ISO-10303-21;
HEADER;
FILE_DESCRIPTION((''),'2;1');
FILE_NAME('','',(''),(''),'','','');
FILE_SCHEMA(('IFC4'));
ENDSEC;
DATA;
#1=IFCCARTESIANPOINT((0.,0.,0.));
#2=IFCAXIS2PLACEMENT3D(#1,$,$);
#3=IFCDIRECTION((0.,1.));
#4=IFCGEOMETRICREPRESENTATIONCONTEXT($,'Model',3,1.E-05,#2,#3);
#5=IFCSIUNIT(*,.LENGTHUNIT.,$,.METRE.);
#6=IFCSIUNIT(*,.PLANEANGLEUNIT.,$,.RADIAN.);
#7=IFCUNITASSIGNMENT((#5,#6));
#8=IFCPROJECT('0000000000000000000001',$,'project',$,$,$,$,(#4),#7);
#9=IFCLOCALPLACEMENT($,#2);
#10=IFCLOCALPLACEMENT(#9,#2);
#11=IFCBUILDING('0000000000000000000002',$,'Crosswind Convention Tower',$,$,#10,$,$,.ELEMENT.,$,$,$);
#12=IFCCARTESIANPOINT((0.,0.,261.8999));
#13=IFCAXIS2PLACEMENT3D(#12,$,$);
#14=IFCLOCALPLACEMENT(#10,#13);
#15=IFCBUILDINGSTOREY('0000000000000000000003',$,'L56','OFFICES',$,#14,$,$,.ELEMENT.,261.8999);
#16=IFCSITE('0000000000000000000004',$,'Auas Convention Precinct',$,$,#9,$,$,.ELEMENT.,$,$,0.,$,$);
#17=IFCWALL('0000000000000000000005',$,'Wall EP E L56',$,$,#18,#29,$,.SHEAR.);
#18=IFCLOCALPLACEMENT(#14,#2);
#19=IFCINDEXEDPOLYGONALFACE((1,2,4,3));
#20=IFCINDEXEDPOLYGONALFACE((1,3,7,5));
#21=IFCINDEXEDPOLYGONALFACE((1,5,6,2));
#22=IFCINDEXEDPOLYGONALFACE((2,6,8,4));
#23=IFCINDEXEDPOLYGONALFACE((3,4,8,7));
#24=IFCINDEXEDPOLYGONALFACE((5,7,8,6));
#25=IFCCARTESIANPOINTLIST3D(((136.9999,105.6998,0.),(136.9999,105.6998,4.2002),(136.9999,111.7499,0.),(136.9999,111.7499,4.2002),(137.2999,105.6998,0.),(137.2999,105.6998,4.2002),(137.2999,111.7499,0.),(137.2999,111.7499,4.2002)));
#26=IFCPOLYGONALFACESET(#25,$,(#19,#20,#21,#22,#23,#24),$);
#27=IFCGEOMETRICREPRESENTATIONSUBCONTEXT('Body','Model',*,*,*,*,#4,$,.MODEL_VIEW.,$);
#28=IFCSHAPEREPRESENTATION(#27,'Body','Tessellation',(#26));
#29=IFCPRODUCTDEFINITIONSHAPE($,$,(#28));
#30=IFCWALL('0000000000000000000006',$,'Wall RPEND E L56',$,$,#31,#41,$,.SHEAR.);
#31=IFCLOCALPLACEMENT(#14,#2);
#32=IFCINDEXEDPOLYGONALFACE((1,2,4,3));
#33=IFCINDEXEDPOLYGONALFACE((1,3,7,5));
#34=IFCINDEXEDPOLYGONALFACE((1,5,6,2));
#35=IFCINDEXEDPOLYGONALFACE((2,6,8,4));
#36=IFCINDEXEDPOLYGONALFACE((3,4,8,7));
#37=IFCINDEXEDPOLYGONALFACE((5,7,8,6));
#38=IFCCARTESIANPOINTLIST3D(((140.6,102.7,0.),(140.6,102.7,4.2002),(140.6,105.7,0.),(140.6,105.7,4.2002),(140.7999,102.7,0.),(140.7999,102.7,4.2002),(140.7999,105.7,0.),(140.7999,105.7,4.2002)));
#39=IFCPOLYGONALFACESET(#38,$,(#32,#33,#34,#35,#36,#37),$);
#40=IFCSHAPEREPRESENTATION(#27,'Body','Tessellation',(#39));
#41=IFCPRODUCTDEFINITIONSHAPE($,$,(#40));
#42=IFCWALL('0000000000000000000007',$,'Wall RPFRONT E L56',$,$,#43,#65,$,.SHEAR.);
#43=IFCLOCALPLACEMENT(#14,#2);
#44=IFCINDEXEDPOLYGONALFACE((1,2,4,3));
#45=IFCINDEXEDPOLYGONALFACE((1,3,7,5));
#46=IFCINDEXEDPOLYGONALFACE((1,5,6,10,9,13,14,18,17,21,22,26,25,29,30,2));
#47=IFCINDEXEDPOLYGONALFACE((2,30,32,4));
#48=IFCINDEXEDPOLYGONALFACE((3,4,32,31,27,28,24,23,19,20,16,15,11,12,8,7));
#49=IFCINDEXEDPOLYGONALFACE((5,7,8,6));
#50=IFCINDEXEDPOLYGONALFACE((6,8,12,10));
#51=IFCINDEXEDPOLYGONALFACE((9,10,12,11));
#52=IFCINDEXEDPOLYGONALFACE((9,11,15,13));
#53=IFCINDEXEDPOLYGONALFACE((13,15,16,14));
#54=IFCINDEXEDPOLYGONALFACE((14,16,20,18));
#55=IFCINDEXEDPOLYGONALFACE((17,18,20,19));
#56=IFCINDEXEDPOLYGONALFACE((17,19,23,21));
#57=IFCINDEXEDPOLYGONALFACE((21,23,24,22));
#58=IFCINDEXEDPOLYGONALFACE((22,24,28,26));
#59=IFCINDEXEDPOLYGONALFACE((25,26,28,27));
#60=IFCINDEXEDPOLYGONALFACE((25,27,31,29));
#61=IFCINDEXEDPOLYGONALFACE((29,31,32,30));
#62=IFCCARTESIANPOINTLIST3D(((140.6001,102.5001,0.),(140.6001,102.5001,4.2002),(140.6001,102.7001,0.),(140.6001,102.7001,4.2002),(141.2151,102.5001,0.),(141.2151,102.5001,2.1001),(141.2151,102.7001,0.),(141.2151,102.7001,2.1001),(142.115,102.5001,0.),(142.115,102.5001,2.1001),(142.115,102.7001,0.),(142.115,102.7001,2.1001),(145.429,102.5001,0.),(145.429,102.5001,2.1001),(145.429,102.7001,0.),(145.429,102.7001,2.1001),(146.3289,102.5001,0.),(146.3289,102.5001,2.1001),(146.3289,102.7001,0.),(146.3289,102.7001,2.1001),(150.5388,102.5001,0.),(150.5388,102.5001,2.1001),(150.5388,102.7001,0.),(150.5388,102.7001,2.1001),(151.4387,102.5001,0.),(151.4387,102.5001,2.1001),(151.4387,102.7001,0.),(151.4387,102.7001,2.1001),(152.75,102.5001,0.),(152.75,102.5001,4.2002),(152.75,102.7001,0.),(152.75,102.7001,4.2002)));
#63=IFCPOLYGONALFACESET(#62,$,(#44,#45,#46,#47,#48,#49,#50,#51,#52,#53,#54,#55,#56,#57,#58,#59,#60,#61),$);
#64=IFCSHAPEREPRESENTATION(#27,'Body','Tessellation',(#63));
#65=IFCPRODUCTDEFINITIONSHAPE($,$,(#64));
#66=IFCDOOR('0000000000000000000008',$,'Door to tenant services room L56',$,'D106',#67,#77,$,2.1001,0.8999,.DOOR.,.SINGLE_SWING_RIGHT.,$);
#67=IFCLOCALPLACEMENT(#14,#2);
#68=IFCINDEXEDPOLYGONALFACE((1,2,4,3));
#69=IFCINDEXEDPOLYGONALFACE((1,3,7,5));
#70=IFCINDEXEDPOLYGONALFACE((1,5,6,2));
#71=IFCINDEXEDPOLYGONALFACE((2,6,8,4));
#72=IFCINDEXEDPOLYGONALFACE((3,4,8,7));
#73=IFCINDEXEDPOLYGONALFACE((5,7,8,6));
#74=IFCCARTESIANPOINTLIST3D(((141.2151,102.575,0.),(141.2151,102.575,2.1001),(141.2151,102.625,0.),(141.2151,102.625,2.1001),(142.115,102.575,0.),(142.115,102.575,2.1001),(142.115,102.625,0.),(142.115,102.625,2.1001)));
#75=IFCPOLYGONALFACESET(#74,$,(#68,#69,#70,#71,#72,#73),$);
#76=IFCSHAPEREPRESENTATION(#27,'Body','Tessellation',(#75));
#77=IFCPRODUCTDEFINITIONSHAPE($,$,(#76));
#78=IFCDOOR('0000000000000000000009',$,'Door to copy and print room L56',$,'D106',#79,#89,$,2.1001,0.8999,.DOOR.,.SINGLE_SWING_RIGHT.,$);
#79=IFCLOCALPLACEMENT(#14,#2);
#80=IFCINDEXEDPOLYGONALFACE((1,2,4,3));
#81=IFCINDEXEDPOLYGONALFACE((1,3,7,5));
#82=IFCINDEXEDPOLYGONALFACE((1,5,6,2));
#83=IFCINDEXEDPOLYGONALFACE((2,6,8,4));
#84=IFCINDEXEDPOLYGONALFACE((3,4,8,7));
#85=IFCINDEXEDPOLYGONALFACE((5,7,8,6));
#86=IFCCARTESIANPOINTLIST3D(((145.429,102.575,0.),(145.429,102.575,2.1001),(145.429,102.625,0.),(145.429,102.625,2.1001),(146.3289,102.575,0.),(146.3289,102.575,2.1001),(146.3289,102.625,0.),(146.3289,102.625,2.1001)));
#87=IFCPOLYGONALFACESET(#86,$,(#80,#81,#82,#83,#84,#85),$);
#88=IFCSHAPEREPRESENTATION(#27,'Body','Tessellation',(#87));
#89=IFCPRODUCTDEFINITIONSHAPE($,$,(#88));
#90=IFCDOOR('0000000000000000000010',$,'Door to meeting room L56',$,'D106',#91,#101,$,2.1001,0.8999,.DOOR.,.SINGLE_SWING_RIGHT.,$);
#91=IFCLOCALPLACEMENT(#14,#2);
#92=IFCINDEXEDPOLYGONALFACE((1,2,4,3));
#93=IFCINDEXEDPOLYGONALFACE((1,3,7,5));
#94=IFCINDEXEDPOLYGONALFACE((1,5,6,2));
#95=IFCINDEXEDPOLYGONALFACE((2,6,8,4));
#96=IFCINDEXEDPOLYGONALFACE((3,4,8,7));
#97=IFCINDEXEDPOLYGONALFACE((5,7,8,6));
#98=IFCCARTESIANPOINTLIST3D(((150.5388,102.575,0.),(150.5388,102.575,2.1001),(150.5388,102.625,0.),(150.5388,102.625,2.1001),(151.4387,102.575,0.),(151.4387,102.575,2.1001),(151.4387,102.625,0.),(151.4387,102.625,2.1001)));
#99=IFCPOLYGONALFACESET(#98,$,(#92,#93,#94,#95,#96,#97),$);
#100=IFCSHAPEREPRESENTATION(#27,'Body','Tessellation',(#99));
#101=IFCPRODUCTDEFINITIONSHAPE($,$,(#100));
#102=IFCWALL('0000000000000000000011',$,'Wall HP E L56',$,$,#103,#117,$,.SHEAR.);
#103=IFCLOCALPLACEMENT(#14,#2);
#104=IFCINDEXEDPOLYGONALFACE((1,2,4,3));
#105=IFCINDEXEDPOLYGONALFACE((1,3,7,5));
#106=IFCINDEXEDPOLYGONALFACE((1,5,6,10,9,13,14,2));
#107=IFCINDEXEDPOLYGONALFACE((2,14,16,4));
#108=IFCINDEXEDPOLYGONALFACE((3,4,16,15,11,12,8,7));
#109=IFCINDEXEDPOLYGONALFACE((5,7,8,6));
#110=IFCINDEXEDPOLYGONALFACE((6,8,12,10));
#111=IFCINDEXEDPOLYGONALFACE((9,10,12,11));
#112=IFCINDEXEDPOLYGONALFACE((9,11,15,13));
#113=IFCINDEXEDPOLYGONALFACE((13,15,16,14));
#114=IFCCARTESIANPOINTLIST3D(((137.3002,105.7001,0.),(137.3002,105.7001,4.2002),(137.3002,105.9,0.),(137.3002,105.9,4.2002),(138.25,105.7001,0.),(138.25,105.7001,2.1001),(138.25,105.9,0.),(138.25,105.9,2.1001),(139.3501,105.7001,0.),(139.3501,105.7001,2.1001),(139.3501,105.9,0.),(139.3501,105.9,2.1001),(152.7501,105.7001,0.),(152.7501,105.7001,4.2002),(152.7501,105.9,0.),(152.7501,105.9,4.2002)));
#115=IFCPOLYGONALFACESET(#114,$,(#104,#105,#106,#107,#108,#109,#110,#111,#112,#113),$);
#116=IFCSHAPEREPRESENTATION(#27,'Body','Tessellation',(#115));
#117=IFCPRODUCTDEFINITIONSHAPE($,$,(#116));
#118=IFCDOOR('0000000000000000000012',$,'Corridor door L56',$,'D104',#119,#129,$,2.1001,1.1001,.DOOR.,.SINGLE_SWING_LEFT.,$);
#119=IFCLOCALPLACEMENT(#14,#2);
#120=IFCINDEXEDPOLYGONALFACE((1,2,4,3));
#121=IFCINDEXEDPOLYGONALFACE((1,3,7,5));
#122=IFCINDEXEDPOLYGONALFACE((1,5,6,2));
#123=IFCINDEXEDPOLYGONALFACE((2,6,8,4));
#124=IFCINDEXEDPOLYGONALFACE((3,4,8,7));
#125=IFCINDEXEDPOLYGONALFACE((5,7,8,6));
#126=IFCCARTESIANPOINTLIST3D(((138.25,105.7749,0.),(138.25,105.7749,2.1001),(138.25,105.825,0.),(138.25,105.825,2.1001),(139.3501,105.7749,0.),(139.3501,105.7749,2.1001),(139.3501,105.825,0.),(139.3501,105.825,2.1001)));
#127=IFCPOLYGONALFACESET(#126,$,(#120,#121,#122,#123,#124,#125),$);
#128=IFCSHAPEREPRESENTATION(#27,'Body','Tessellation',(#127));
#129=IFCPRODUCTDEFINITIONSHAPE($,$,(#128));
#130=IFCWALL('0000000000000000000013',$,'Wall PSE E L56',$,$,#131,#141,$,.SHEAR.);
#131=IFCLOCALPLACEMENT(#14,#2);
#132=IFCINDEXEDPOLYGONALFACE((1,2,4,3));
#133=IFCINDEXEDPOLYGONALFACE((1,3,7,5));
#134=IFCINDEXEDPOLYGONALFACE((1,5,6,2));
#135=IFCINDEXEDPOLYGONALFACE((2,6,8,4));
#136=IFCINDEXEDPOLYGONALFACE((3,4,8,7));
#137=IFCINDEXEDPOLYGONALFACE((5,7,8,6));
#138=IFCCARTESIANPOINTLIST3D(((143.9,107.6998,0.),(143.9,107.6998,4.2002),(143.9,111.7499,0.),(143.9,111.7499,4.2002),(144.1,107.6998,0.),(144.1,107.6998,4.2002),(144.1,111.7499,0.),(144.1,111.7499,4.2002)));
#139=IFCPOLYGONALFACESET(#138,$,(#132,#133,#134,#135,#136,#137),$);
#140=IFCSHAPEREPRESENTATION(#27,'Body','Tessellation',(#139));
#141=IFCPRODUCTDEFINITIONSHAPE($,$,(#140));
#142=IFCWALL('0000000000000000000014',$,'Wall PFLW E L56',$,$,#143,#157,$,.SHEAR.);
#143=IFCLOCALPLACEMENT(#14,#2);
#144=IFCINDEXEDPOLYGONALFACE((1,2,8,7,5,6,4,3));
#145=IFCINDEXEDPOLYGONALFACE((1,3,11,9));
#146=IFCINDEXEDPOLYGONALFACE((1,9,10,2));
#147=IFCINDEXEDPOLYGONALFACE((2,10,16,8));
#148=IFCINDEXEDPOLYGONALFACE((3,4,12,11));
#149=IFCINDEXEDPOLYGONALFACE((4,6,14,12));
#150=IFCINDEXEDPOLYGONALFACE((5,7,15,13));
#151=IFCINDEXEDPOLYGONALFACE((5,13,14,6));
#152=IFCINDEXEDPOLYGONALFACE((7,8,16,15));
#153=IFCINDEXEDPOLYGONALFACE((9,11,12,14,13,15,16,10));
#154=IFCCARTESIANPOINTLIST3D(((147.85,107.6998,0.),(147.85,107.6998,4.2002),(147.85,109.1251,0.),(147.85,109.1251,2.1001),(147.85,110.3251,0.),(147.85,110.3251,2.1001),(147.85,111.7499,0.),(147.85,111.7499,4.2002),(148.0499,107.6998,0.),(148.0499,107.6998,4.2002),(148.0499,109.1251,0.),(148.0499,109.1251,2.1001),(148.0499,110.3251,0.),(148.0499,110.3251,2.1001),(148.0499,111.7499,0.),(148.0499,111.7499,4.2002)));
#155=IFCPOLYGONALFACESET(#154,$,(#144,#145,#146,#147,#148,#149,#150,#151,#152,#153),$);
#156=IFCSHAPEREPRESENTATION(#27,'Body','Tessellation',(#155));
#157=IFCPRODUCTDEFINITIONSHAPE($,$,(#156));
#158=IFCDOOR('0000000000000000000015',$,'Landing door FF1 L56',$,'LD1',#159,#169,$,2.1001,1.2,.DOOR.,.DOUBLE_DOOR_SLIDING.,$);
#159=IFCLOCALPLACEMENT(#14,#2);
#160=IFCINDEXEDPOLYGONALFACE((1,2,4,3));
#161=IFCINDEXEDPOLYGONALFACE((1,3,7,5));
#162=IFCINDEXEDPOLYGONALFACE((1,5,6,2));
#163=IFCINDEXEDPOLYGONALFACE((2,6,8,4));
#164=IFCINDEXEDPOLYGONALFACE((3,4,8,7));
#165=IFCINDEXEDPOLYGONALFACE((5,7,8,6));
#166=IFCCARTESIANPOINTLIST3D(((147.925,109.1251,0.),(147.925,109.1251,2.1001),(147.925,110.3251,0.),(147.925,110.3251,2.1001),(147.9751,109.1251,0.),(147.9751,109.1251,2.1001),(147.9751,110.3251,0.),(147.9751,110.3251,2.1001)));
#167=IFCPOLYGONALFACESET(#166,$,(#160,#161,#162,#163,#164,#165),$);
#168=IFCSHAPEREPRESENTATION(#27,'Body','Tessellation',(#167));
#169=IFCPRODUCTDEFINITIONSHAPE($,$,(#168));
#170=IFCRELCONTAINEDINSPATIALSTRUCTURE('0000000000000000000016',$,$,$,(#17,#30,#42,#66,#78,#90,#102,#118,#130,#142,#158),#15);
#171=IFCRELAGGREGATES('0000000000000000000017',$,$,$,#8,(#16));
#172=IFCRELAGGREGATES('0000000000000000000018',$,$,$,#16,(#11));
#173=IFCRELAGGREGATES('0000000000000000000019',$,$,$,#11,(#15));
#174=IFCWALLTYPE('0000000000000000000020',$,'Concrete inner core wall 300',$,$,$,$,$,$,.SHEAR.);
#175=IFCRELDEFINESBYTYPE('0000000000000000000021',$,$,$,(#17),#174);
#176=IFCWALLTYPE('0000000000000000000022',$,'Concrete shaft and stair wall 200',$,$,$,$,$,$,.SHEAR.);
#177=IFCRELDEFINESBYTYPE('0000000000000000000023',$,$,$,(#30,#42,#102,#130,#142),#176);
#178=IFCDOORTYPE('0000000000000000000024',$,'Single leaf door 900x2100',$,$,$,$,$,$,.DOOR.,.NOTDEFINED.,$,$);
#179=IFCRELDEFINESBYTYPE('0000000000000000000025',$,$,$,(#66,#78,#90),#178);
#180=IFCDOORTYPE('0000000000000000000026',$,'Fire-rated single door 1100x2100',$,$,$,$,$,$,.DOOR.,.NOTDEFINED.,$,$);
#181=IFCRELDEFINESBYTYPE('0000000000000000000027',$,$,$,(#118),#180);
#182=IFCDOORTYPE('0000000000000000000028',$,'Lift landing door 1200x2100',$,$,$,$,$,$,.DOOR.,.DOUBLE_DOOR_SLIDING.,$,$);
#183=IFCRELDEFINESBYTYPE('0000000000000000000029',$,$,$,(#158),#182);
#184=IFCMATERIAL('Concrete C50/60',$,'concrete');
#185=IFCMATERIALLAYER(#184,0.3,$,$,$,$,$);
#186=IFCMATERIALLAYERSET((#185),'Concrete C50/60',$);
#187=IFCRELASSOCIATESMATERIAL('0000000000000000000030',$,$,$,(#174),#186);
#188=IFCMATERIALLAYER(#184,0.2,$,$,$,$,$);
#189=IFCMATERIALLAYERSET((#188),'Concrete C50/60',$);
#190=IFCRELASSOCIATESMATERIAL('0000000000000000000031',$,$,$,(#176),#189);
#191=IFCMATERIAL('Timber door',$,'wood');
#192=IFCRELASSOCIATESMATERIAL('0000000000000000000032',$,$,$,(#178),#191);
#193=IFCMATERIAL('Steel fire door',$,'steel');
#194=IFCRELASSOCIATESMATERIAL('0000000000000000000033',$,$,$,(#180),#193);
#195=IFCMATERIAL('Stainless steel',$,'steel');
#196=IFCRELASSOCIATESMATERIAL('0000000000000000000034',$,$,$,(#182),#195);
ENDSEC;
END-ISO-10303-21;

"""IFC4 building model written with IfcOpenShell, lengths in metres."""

from ifc_helpers import new_model, si_unit, direction, frame, frame_2d, origin, place, context, subcontext, project, spatial, rectangle, extrude, material, layer, layer_set, type_object, element, fill, save


model = new_model("IFC4")

# Units and contexts
model_context = context("Model", 3, precision=1e-05, world=origin(), true_north=direction((0.0, 1.0)))
body_context = subcontext(model_context, "Body", "Model", "MODEL_VIEW")
ifc_project = project(units=[si_unit("LENGTHUNIT", "METRE"), si_unit("PLANEANGLEUNIT", "RADIAN")], contexts=[model_context])

# Site, building, storey
site_placement = place(None, origin())
site = spatial("IfcSite", under=ifc_project, at=site_placement, Name="Auas Convention Precinct", CompositionType="ELEMENT", RefElevation=0.0)
building_placement = place(site_placement, origin())
building = spatial("IfcBuilding", under=site, at=building_placement, Name="Crosswind Convention Tower", CompositionType="ELEMENT")
storey_placement = place(building_placement, frame((0.0, 0.0, 261.8999)))
storey = spatial("IfcBuildingStorey", under=building, at=storey_placement, Name="L56", Description="OFFICES", CompositionType="ELEMENT", Elevation=261.8999)

# Walls
ifc_material_1 = material(Name="Concrete C50/60", Category="concrete")
ifc_layer_1 = layer(ifc_material_1, 0.3)
ifc_layer_set_1 = layer_set([ifc_layer_1], Name="Concrete C50/60")
wall_type_1 = type_object("IfcWallType", Name="Concrete inner core wall 300", PredefinedType="SHEAR", material=ifc_layer_set_1)
wall_1_placement = place(storey_placement, frame((137.1499, 105.7, 0.0), z_axis=(0.0, 0.0, 1.0), x_axis=(0.0, 1.0, 0.0)))
element("IfcWall", 1, at=wall_1_placement, inside=storey, type_object=wall_type_1, Name="Wall EP E L56", PredefinedType="SHEAR", context=body_context, shape_type="SweptSolid", body=[
    extrude(rectangle(XDim=6.05, YDim=0.3, at=frame_2d((3.0249, 0.0))), origin(), (0.0, 0.0, 1.0), 4.2002),
])
ifc_layer_2 = layer(ifc_material_1, 0.2)
ifc_layer_set_2 = layer_set([ifc_layer_2], Name="Concrete C50/60")
wall_type_2 = type_object("IfcWallType", Name="Concrete shaft and stair wall 200", PredefinedType="SHEAR", material=ifc_layer_set_2)
wall_2_placement = place(storey_placement, frame((140.7, 102.7, 0.0), z_axis=(0.0, 0.0, 1.0), x_axis=(0.0, 1.0, 0.0)))
element("IfcWall", 2, at=wall_2_placement, inside=storey, type_object=wall_type_2, Name="Wall RPEND E L56", PredefinedType="SHEAR", context=body_context, shape_type="SweptSolid", body=[
    extrude(rectangle(XDim=3.0, YDim=0.2, at=frame_2d((1.5, 0.0))), origin(), (0.0, 0.0, 1.0), 4.2002),
])

# Wall, openings, doors
wall_3_placement = place(storey_placement, frame((140.6001, 102.6001, 0.0), z_axis=(0.0, 0.0, 1.0), x_axis=(1.0, 0.0, 0.0)))
wall_3 = element("IfcWall", 3, at=wall_3_placement, inside=storey, type_object=wall_type_2, Name="Wall RPFRONT E L56", PredefinedType="SHEAR", context=body_context, shape_type="SweptSolid", body=[
    extrude(rectangle(XDim=12.1499, YDim=0.2, at=frame_2d((6.075, 0.0))), origin(), (0.0, 0.0, 1.0), 4.2002),
])
opening_1_placement = place(wall_3_placement, frame((0.615, 0.0, 0.0)))
opening_1 = element("IfcOpeningElement", 4, at=opening_1_placement, cuts=wall_3, PredefinedType="OPENING", context=body_context, shape_type="SweptSolid", body=[
    extrude(rectangle(XDim=0.8999, YDim=2.1001, at=frame_2d((0.45, 1.05))), frame((0.0, 0.1099, 0.0), z_axis=(0.0, -1.0, 0.0), x_axis=(1.0, 0.0, 0.0)), (0.0, 0.0, 1.0), 0.22),
])
opening_2_placement = place(wall_3_placement, frame((4.8289, 0.0, 0.0)))
opening_2 = element("IfcOpeningElement", 5, at=opening_2_placement, cuts=wall_3, PredefinedType="OPENING", context=body_context, shape_type="SweptSolid", body=[
    extrude(rectangle(XDim=0.8999, YDim=2.1001, at=frame_2d((0.45, 1.05))), frame((0.0, 0.1099, 0.0), z_axis=(0.0, -1.0, 0.0), x_axis=(1.0, 0.0, 0.0)), (0.0, 0.0, 1.0), 0.22),
])
opening_3_placement = place(wall_3_placement, frame((9.9387, 0.0, 0.0)))
opening_3 = element("IfcOpeningElement", 6, at=opening_3_placement, cuts=wall_3, PredefinedType="OPENING", context=body_context, shape_type="SweptSolid", body=[
    extrude(rectangle(XDim=0.8999, YDim=2.1001, at=frame_2d((0.45, 1.05))), frame((0.0, 0.1099, 0.0), z_axis=(0.0, -1.0, 0.0), x_axis=(1.0, 0.0, 0.0)), (0.0, 0.0, 1.0), 0.22),
])
ifc_material_2 = material(Name="Timber door", Category="wood")
door_type_1 = type_object("IfcDoorType", Name="Single leaf door 900x2100", OperationType="NOTDEFINED", PredefinedType="DOOR", material=ifc_material_2)
door_1_placement = place(opening_1_placement, origin())
door_1 = element("IfcDoor", 7, at=door_1_placement, inside=storey, type_object=door_type_1, Name="Door to tenant services room L56", ObjectType="D106", OperationType="SINGLE_SWING_RIGHT", OverallHeight=2.1001, OverallWidth=0.8999, PredefinedType="DOOR", context=body_context, shape_type="SweptSolid", body=[
    extrude(rectangle(XDim=0.8999, YDim=2.1001, at=frame_2d((0.45, 1.05))), frame((0.0, 0.0249, 0.0), z_axis=(0.0, -1.0, 0.0), x_axis=(1.0, 0.0, 0.0)), (0.0, 0.0, 1.0), 0.05),
])
fill(opening_1, door_1)
door_2_placement = place(opening_2_placement, origin())
door_2 = element("IfcDoor", 8, at=door_2_placement, inside=storey, type_object=door_type_1, Name="Door to copy and print room L56", ObjectType="D106", OperationType="SINGLE_SWING_RIGHT", OverallHeight=2.1001, OverallWidth=0.8999, PredefinedType="DOOR", context=body_context, shape_type="SweptSolid", body=[
    extrude(rectangle(XDim=0.8999, YDim=2.1001, at=frame_2d((0.45, 1.05))), frame((0.0, 0.0249, 0.0), z_axis=(0.0, -1.0, 0.0), x_axis=(1.0, 0.0, 0.0)), (0.0, 0.0, 1.0), 0.05),
])
fill(opening_2, door_2)
door_3_placement = place(opening_3_placement, origin())
door_3 = element("IfcDoor", 9, at=door_3_placement, inside=storey, type_object=door_type_1, Name="Door to meeting room L56", ObjectType="D106", OperationType="SINGLE_SWING_RIGHT", OverallHeight=2.1001, OverallWidth=0.8999, PredefinedType="DOOR", context=body_context, shape_type="SweptSolid", body=[
    extrude(rectangle(XDim=0.8999, YDim=2.1001, at=frame_2d((0.45, 1.05))), frame((0.0, 0.0249, 0.0), z_axis=(0.0, -1.0, 0.0), x_axis=(1.0, 0.0, 0.0)), (0.0, 0.0, 1.0), 0.05),
])
fill(opening_3, door_3)

# Wall, opening, door
wall_4_placement = place(storey_placement, frame((137.3, 105.8, 0.0), z_axis=(0.0, 0.0, 1.0), x_axis=(1.0, 0.0, 0.0)))
wall_4 = element("IfcWall", 10, at=wall_4_placement, inside=storey, type_object=wall_type_2, Name="Wall HP E L56", PredefinedType="SHEAR", context=body_context, shape_type="SweptSolid", body=[
    extrude(rectangle(XDim=15.45, YDim=0.2, at=frame_2d((7.7251, 0.0))), origin(), (0.0, 0.0, 1.0), 4.2002),
])
opening_4_placement = place(wall_4_placement, frame((0.95, 0.0, 0.0)))
opening_4 = element("IfcOpeningElement", 11, at=opening_4_placement, cuts=wall_4, PredefinedType="OPENING", context=body_context, shape_type="SweptSolid", body=[
    extrude(rectangle(XDim=1.1001, YDim=2.1001, at=frame_2d((0.55, 1.05))), frame((0.0, 0.1099, 0.0), z_axis=(0.0, -1.0, 0.0), x_axis=(1.0, 0.0, 0.0)), (0.0, 0.0, 1.0), 0.22),
])
ifc_material_3 = material(Name="Steel fire door", Category="steel")
door_type_2 = type_object("IfcDoorType", Name="Fire-rated single door 1100x2100", OperationType="NOTDEFINED", PredefinedType="DOOR", material=ifc_material_3)
door_4_placement = place(opening_4_placement, origin())
door_4 = element("IfcDoor", 12, at=door_4_placement, inside=storey, type_object=door_type_2, Name="Corridor door L56", ObjectType="D104", OperationType="SINGLE_SWING_LEFT", OverallHeight=2.1001, OverallWidth=1.1001, PredefinedType="DOOR", context=body_context, shape_type="SweptSolid", body=[
    extrude(rectangle(XDim=1.1001, YDim=2.1001, at=frame_2d((0.55, 1.05))), frame((0.0, 0.0249, 0.0), z_axis=(0.0, -1.0, 0.0), x_axis=(1.0, 0.0, 0.0)), (0.0, 0.0, 1.0), 0.05),
])
fill(opening_4, door_4)

# Wall
wall_5_placement = place(storey_placement, frame((144.0, 107.7, 0.0), z_axis=(0.0, 0.0, 1.0), x_axis=(0.0, 1.0, 0.0)))
element("IfcWall", 13, at=wall_5_placement, inside=storey, type_object=wall_type_2, Name="Wall PSE E L56", PredefinedType="SHEAR", context=body_context, shape_type="SweptSolid", body=[
    extrude(rectangle(XDim=4.05, YDim=0.2, at=frame_2d((2.0249, 0.0))), origin(), (0.0, 0.0, 1.0), 4.2002),
])

# Wall, opening, door
wall_6_placement = place(storey_placement, frame((147.95, 107.7, 0.0), z_axis=(0.0, 0.0, 1.0), x_axis=(0.0, 1.0, 0.0)))
wall_6 = element("IfcWall", 14, at=wall_6_placement, inside=storey, type_object=wall_type_2, Name="Wall PFLW E L56", PredefinedType="SHEAR", context=body_context, shape_type="SweptSolid", body=[
    extrude(rectangle(XDim=4.05, YDim=0.2, at=frame_2d((2.0249, 0.0))), origin(), (0.0, 0.0, 1.0), 4.2002),
])
opening_5_placement = place(wall_6_placement, frame((1.425, 0.0, 0.0)))
opening_5 = element("IfcOpeningElement", 15, at=opening_5_placement, cuts=wall_6, PredefinedType="OPENING", context=body_context, shape_type="SweptSolid", body=[
    extrude(rectangle(XDim=1.2, YDim=2.1001, at=frame_2d((0.6001, 1.05))), frame((0.0, 0.1099, 0.0), z_axis=(0.0, -1.0, 0.0), x_axis=(1.0, 0.0, 0.0)), (0.0, 0.0, 1.0), 0.22),
])
ifc_material_4 = material(Name="Stainless steel", Category="steel")
door_type_3 = type_object("IfcDoorType", Name="Lift landing door 1200x2100", OperationType="DOUBLE_DOOR_SLIDING", PredefinedType="DOOR", material=ifc_material_4)
door_5_placement = place(opening_5_placement, origin())
door_5 = element("IfcDoor", 16, at=door_5_placement, inside=storey, type_object=door_type_3, Name="Landing door FF1 L56", ObjectType="LD1", OperationType="DOUBLE_DOOR_SLIDING", OverallHeight=2.1001, OverallWidth=1.2, PredefinedType="DOOR", context=body_context, shape_type="SweptSolid", body=[
    extrude(rectangle(XDim=1.2, YDim=2.1001, at=frame_2d((0.6001, 1.05))), frame((0.0, 0.0249, 0.0), z_axis=(0.0, -1.0, 0.0), x_axis=(1.0, 0.0, 0.0)), (0.0, 0.0, 1.0), 0.05),
])
fill(opening_5, door_5)

save(model, "model.ifc")
